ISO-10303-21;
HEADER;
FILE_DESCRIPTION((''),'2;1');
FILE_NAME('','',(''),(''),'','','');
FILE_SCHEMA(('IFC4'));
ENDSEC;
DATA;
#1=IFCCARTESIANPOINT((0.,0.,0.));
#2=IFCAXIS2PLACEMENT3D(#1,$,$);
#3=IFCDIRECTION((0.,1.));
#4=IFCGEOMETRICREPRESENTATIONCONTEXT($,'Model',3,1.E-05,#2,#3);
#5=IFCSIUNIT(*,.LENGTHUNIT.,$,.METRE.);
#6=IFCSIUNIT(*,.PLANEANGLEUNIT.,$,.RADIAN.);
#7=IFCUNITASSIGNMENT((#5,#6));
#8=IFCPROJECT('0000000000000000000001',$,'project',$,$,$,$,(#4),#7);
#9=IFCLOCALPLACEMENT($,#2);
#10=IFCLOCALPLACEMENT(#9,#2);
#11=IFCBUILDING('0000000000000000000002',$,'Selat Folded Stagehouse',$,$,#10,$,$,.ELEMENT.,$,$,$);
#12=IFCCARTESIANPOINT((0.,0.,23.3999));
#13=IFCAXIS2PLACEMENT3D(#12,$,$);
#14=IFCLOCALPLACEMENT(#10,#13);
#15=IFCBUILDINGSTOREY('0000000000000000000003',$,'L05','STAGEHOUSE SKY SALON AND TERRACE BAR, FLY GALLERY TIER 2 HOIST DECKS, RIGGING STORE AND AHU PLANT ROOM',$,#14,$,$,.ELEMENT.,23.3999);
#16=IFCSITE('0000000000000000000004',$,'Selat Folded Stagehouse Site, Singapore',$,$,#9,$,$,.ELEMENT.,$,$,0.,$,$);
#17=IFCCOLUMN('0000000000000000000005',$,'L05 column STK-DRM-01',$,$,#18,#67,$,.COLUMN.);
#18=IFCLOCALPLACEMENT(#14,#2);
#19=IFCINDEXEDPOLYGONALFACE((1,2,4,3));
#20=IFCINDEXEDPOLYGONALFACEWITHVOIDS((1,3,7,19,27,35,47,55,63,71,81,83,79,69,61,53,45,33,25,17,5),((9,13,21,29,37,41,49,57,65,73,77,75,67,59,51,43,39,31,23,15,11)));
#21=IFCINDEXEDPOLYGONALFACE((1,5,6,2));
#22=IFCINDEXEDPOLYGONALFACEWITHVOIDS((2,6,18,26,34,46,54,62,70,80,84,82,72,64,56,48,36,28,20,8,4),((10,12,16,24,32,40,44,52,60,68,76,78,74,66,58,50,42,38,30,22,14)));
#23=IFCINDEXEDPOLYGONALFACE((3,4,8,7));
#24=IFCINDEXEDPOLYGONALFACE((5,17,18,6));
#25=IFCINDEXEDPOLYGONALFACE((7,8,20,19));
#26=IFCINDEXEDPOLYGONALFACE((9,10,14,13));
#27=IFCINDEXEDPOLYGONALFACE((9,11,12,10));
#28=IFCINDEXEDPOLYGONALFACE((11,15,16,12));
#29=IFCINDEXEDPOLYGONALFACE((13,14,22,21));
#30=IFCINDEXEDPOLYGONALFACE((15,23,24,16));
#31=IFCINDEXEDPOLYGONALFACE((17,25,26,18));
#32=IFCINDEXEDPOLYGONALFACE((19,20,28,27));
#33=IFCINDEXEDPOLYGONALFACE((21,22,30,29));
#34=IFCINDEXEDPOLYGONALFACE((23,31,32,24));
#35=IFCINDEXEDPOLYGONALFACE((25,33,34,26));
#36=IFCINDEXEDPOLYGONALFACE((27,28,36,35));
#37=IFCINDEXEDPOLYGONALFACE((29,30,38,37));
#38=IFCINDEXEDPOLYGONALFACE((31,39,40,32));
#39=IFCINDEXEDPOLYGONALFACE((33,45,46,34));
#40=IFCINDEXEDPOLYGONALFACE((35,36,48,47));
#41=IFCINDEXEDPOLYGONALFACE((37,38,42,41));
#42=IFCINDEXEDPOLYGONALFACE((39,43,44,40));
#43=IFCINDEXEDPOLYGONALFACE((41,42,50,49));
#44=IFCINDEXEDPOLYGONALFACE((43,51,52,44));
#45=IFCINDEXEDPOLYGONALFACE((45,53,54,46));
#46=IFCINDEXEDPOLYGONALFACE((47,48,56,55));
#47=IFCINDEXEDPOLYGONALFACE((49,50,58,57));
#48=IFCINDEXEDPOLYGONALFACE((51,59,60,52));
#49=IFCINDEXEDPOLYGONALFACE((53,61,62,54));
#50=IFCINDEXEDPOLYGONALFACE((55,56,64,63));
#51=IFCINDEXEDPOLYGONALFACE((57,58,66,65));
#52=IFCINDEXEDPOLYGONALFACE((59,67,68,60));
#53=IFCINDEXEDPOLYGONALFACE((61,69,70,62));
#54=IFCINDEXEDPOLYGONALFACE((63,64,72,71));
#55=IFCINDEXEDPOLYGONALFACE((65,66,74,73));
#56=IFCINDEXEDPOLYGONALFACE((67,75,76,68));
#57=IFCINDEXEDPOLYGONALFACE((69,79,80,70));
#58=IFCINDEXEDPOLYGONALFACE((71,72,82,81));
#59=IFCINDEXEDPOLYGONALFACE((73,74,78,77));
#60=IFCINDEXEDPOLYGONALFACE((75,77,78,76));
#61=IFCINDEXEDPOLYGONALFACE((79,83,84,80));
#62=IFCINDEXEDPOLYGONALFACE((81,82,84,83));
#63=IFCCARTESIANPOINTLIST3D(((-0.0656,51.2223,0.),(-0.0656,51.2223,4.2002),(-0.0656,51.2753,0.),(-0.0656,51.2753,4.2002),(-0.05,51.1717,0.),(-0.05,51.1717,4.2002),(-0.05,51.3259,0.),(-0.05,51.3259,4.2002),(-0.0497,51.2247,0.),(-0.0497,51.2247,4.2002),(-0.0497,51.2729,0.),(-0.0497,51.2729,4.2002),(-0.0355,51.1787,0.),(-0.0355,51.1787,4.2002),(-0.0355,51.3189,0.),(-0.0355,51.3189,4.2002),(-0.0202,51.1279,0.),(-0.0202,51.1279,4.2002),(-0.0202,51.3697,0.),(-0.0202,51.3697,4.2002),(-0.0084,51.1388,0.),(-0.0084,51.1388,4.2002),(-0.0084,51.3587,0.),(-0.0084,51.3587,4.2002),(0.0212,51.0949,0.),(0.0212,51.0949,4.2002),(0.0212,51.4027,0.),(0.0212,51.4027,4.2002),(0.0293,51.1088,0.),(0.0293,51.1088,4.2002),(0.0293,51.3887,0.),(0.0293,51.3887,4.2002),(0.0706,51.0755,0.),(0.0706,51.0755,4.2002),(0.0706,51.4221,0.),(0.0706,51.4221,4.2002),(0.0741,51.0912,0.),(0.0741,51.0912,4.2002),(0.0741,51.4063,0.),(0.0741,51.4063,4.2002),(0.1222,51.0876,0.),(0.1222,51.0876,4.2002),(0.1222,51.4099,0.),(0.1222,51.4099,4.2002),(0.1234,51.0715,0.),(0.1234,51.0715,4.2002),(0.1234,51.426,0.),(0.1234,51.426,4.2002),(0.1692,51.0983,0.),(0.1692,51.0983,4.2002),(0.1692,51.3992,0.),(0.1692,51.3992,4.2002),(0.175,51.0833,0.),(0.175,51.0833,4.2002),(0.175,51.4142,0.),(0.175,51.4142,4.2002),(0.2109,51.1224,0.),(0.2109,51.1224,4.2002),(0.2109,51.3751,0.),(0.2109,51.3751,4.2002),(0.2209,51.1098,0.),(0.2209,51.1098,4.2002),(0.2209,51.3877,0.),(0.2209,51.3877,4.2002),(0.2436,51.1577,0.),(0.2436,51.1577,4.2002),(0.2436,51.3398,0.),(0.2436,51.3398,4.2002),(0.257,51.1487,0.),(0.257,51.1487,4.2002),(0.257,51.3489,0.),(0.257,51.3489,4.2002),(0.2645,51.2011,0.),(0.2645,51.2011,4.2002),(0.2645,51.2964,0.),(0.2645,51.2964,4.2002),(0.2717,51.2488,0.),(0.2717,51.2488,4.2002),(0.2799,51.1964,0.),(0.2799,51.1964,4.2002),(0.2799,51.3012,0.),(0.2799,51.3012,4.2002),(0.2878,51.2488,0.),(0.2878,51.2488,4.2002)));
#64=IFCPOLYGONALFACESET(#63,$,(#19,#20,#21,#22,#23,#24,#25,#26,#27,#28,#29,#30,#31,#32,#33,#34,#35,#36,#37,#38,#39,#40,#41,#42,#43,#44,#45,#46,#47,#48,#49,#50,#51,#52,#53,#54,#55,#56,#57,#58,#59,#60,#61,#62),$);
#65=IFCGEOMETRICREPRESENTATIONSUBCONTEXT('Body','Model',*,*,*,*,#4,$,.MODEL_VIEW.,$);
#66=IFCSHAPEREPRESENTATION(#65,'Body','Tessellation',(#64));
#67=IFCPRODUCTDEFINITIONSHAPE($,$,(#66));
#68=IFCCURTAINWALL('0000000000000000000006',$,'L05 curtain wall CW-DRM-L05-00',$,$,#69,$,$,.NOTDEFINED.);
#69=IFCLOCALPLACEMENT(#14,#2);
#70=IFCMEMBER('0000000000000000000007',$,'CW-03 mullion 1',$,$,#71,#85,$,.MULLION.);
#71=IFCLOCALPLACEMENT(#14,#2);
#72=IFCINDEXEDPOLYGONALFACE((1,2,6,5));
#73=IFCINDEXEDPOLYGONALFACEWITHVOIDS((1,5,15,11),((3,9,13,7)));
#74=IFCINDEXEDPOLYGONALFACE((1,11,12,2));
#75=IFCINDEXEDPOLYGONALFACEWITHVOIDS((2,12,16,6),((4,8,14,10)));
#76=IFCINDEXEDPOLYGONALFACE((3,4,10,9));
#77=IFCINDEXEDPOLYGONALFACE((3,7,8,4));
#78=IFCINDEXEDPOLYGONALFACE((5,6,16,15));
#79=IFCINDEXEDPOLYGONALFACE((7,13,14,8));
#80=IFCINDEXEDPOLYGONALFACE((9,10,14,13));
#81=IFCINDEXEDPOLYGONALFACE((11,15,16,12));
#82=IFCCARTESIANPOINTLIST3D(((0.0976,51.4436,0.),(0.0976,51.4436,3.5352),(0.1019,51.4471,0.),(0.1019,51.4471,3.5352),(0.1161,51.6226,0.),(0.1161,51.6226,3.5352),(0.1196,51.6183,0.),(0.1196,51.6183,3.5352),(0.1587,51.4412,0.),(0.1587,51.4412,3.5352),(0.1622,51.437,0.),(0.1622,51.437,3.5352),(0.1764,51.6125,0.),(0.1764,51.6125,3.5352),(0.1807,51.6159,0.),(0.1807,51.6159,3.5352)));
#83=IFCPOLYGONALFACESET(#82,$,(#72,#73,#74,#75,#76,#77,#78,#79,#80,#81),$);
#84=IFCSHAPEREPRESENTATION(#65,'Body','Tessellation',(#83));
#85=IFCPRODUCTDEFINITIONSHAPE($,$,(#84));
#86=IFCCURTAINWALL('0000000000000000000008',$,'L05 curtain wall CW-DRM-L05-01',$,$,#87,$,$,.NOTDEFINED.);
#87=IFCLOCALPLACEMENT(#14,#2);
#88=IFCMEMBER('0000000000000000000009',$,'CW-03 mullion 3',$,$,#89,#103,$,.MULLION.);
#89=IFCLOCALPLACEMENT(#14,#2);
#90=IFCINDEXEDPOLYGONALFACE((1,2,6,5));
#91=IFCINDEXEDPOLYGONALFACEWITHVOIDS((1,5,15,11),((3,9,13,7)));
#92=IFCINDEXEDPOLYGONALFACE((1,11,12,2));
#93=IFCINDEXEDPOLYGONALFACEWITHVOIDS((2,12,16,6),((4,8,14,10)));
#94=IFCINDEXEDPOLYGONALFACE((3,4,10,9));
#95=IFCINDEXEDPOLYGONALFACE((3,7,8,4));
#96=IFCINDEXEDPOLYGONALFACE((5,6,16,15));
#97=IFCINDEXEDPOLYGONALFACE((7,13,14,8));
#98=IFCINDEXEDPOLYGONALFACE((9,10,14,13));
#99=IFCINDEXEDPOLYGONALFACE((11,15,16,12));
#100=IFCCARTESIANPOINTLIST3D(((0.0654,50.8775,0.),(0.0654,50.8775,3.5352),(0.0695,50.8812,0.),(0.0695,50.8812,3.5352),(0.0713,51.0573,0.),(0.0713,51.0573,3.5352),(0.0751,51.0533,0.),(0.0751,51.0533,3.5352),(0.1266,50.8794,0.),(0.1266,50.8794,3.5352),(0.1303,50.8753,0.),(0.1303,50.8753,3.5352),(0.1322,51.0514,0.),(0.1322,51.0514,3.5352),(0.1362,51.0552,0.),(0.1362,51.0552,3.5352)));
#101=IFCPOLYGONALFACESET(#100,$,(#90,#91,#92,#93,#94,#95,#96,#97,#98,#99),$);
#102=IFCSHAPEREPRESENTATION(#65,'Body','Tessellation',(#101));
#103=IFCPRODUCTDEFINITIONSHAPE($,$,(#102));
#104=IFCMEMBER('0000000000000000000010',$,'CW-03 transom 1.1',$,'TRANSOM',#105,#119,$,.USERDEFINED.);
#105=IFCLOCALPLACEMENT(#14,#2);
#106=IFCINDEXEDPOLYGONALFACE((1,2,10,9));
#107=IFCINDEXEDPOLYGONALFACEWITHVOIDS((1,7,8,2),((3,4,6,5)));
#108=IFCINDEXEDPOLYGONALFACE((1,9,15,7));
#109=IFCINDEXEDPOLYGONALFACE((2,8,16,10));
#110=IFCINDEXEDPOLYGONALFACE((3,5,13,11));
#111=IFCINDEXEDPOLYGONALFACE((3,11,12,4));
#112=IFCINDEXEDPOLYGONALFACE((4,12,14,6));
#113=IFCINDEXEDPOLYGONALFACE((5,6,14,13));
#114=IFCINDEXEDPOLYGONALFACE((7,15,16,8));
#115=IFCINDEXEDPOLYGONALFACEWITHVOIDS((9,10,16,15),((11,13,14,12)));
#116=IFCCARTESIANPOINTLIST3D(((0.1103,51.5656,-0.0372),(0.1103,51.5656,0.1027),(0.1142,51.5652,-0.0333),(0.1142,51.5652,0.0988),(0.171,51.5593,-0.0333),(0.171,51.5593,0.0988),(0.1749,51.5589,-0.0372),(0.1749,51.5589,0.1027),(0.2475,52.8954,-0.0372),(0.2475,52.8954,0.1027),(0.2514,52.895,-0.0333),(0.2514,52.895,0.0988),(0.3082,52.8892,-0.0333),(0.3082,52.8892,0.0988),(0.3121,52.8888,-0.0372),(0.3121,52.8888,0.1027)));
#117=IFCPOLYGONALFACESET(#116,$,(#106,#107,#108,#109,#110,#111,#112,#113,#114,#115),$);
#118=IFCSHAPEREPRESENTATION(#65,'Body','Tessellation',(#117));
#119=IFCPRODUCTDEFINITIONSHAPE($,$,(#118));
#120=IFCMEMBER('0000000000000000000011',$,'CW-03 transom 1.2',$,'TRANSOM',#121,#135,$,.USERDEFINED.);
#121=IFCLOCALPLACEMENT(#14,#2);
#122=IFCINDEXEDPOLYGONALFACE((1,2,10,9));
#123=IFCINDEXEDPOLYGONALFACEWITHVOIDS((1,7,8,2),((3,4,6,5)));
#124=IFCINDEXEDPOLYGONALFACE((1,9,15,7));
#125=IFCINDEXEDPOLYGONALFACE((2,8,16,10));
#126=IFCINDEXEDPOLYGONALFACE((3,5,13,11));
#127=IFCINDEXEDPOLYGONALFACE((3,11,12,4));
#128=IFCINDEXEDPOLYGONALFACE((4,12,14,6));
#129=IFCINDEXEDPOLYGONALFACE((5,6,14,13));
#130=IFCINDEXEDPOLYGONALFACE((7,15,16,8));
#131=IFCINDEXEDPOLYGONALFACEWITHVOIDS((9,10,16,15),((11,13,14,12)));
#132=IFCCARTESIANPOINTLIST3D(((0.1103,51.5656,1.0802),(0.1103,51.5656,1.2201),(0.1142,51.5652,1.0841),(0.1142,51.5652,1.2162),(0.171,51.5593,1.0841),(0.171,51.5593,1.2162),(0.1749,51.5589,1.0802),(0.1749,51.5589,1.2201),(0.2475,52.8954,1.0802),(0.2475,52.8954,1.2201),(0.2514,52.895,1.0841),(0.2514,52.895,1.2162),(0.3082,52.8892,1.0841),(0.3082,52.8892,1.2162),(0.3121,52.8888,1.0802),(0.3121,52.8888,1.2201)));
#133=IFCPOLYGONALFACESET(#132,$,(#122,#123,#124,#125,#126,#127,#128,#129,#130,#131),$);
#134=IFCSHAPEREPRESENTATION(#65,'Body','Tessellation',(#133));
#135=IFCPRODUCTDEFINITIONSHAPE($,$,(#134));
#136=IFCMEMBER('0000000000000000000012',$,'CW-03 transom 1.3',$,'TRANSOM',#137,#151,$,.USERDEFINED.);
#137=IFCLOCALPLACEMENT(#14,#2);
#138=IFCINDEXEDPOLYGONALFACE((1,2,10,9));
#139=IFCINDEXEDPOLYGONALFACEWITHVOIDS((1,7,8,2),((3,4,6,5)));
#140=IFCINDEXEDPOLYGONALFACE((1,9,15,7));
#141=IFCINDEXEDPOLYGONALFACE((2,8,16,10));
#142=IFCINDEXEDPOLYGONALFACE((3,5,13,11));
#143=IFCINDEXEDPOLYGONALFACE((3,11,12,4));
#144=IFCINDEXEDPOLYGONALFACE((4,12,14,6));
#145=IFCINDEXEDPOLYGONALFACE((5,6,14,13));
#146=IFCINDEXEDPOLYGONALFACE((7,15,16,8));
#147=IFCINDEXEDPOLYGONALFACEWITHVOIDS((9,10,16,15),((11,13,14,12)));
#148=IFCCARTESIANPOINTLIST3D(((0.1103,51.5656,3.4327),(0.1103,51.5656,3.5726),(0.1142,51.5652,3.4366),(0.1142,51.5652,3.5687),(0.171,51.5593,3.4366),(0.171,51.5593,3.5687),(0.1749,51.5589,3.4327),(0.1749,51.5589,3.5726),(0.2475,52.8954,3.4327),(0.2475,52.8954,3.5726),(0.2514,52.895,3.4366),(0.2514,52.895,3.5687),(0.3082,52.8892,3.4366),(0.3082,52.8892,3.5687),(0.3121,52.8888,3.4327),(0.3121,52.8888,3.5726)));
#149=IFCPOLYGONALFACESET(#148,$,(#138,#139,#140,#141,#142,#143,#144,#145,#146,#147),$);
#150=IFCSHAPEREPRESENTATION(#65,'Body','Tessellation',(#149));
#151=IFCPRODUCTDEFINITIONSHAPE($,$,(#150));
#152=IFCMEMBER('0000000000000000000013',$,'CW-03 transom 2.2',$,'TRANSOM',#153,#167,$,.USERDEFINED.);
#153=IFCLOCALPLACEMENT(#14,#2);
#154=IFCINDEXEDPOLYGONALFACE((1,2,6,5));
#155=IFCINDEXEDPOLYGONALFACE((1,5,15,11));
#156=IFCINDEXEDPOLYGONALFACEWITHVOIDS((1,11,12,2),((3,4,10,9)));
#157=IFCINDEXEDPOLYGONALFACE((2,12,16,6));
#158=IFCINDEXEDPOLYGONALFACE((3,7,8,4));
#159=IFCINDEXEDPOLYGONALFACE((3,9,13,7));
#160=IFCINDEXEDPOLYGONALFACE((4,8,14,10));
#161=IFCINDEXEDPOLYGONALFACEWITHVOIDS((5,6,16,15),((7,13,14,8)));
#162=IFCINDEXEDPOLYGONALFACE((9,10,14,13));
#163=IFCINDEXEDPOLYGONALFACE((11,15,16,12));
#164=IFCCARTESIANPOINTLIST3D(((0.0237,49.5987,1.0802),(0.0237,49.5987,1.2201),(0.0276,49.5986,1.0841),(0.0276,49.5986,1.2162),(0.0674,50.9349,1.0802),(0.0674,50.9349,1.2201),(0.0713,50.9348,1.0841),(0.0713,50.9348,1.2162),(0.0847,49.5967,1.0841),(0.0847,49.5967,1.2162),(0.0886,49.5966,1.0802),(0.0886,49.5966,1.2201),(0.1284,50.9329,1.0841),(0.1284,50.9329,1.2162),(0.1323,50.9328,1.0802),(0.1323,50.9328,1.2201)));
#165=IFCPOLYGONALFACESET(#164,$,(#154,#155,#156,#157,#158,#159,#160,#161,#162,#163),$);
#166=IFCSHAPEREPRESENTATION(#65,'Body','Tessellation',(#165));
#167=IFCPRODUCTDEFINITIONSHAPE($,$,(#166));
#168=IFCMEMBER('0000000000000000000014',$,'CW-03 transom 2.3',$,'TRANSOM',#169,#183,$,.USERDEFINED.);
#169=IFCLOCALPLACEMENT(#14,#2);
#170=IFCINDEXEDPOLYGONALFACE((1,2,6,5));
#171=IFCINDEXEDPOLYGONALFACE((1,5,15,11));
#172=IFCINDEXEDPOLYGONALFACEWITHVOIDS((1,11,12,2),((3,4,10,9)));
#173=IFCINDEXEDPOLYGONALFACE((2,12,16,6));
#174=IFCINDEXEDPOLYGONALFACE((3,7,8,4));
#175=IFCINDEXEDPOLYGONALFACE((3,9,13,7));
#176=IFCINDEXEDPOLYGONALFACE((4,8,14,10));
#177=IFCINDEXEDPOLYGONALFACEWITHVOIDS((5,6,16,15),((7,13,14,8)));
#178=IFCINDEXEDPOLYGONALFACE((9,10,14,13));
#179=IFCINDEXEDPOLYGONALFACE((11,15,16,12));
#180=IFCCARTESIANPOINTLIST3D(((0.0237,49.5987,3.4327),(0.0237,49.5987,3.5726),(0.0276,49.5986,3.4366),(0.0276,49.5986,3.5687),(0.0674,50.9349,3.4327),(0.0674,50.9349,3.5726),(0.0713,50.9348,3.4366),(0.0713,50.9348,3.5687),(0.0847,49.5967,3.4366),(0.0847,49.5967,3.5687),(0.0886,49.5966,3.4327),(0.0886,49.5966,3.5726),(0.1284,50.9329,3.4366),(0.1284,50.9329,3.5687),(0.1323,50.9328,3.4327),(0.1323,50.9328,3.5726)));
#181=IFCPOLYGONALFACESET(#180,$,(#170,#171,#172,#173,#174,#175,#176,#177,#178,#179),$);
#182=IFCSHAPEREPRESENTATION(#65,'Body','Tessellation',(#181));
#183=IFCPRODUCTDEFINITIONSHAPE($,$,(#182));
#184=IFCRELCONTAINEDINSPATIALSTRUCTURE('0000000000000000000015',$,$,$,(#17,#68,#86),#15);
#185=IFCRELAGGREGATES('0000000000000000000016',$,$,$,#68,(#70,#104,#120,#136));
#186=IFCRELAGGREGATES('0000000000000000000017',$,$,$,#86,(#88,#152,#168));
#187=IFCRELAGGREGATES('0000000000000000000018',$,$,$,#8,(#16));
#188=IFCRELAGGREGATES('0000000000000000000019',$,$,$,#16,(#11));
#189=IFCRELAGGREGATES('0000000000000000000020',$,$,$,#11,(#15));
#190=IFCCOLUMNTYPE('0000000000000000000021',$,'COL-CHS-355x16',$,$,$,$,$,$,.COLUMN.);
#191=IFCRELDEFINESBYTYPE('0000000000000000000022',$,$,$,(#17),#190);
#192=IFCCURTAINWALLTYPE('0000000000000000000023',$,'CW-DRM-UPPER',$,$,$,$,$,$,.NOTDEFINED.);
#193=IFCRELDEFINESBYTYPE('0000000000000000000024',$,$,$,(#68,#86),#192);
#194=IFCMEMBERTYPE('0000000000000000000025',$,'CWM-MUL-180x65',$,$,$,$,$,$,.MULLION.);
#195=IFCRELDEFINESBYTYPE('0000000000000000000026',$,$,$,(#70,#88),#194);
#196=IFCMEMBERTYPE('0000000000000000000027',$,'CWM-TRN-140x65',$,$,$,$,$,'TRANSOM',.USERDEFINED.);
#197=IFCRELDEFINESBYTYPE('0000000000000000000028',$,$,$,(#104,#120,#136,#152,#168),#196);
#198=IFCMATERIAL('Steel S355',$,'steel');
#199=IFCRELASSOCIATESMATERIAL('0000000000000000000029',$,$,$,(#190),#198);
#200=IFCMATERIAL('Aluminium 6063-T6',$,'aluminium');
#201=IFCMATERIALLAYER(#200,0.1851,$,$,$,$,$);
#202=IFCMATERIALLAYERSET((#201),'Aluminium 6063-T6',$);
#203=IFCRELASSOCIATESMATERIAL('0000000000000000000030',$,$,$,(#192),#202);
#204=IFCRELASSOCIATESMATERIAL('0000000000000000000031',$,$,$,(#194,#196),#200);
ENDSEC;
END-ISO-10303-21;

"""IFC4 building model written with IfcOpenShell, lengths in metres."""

from ifc_helpers import new_model, si_unit, direction, frame, origin, origin_2d, place, context, subcontext, project, spatial, hollow_rectangle, hollow_circle, extrude, material, layer, layer_set, material_profile, profile_set, type_object, element, aggregate, save


model = new_model("IFC4")

# Units and contexts
model_context = context("Model", 3, precision=1e-05, world=origin(), true_north=direction((0.0, 1.0)))
body_context = subcontext(model_context, "Body", "Model", "MODEL_VIEW")
ifc_project = project(units=[si_unit("LENGTHUNIT", "METRE"), si_unit("PLANEANGLEUNIT", "RADIAN")], contexts=[model_context])

# Site, building, storey
site_placement = place(None, origin())
site = spatial("IfcSite", under=ifc_project, at=site_placement, Name="Selat Folded Stagehouse Site, Singapore", CompositionType="ELEMENT", RefElevation=0.0)
building_placement = place(site_placement, origin())
building = spatial("IfcBuilding", under=site, at=building_placement, Name="Selat Folded Stagehouse", CompositionType="ELEMENT")
storey_placement = place(building_placement, frame((0.0, 0.0, 23.3999)))
storey = spatial("IfcBuildingStorey", under=building, at=storey_placement, Name="L05", Description="STAGEHOUSE SKY SALON AND TERRACE BAR, FLY GALLERY TIER 2 HOIST DECKS, RIGGING STORE AND AHU PLANT ROOM", CompositionType="ELEMENT", Elevation=23.3999)

# Column
ifc_material_1 = material(Name="Steel S355", Category="steel")
ifc_material_profile_1 = material_profile(ifc_material_1, hollow_circle(Radius=0.1777, WallThickness=0.0161, at=origin_2d()), Name="CHS 355.6x16.0")
ifc_profile_set_1 = profile_set([ifc_material_profile_1], Name="Steel S355")
column_type = type_object("IfcColumnType", Name="COL-CHS-355x16", PredefinedType="COLUMN", material=ifc_profile_set_1)
column_placement = place(storey_placement, frame((0.1101, 51.2488, 0.0), z_axis=(0.0, 0.0, 1.0), x_axis=(1.0, 0.0, 0.0)))
element("IfcColumn", 1, at=column_placement, inside=storey, type_object=column_type, Name="L05 column STK-DRM-01", PredefinedType="COLUMN", context=body_context, shape_type="SweptSolid", body=[
    extrude(hollow_circle(Radius=0.1777, WallThickness=0.0161, at=origin_2d()), origin(), (0.0, 0.0, 1.0), 4.2002),
])

# Curtain walls, members
ifc_material_2 = material(Name="Aluminium 6063-T6", Category="aluminium")
ifc_layer_1 = layer(ifc_material_2, 0.1851)
ifc_layer_set_1 = layer_set([ifc_layer_1], Name="Aluminium 6063-T6")
curtain_wall_type = type_object("IfcCurtainWallType", Name="CW-DRM-UPPER", PredefinedType="NOTDEFINED", material=ifc_layer_set_1)
curtain_wall_1_placement = place(storey_placement, origin())
curtain_wall_1 = element("IfcCurtainWall", 2, at=curtain_wall_1_placement, inside=storey, type_object=curtain_wall_type, Name="L05 curtain wall CW-DRM-L05-00", PredefinedType="NOTDEFINED")
ifc_material_profile_2 = material_profile(ifc_material_2, hollow_rectangle(XDim=0.0649, YDim=0.1799, WallThickness=0.0039, at=origin_2d()), Name="ALU 180x65x4.0")
ifc_profile_set_2 = profile_set([ifc_material_profile_2], Name="Aluminium 6063-T6")
member_type_1 = type_object("IfcMemberType", Name="CWM-MUL-180x65", PredefinedType="MULLION", material=ifc_profile_set_2)
member_1_placement = place(storey_placement, frame((0.1392, 51.5298, 0.0), z_axis=(0.0, 0.0, 1.0), x_axis=(-0.994721, 0.102616, 0.0)))
member_1 = element("IfcMember", 3, at=member_1_placement, type_object=member_type_1, Name="CW-03 mullion 1", PredefinedType="MULLION", context=body_context, shape_type="SweptSolid", body=[
    extrude(hollow_rectangle(XDim=0.0649, YDim=0.1799, WallThickness=0.0039, at=origin_2d()), origin(), (0.0, 0.0, 1.0), 3.5352),
])
curtain_wall_2_placement = place(storey_placement, origin())
curtain_wall_2 = element("IfcCurtainWall", 4, at=curtain_wall_2_placement, inside=storey, type_object=curtain_wall_type, Name="L05 curtain wall CW-DRM-L05-01", PredefinedType="NOTDEFINED")
member_2_placement = place(storey_placement, frame((0.1008, 50.9663, 0.0), z_axis=(0.0, 0.0, 1.0), x_axis=(-0.999468, 0.032625, 0.0)))
member_2 = element("IfcMember", 5, at=member_2_placement, type_object=member_type_1, Name="CW-03 mullion 3", PredefinedType="MULLION", context=body_context, shape_type="SweptSolid", body=[
    extrude(hollow_rectangle(XDim=0.0649, YDim=0.1799, WallThickness=0.0039, at=origin_2d()), origin(), (0.0, 0.0, 1.0), 3.5352),
])

# Members
ifc_material_profile_3 = material_profile(ifc_material_2, hollow_rectangle(XDim=0.0649, YDim=0.1399, WallThickness=0.0039, at=origin_2d()), Name="ALU 140x65x4.0")
ifc_profile_set_3 = profile_set([ifc_material_profile_3], Name="Aluminium 6063-T6")
member_type_2 = type_object("IfcMemberType", Name="CWM-TRN-140x65", ElementType="TRANSOM", PredefinedType="USERDEFINED", material=ifc_profile_set_3)
member_3_placement = place(storey_placement, frame((0.1426, 51.5623, 0.0327), z_axis=(0.102631, 0.994719, 0.0), x_axis=(-0.994719, 0.102631, 0.0)))
member_3 = element("IfcMember", 6, at=member_3_placement, type_object=member_type_2, Name="CW-03 transom 1.1", ObjectType="TRANSOM", PredefinedType="USERDEFINED", context=body_context, shape_type="SweptSolid", body=[
    extrude(hollow_rectangle(XDim=0.0649, YDim=0.1399, WallThickness=0.0039, at=origin_2d()), origin(), (0.0, 0.0, 1.0), 1.3369),
])
member_4_placement = place(storey_placement, frame((0.1426, 51.5623, 1.1501), z_axis=(0.102631, 0.994719, 0.0), x_axis=(-0.994719, 0.102631, 0.0)))
member_4 = element("IfcMember", 7, at=member_4_placement, type_object=member_type_2, Name="CW-03 transom 1.2", ObjectType="TRANSOM", PredefinedType="USERDEFINED", context=body_context, shape_type="SweptSolid", body=[
    extrude(hollow_rectangle(XDim=0.0649, YDim=0.1399, WallThickness=0.0039, at=origin_2d()), origin(), (0.0, 0.0, 1.0), 1.3369),
])
member_5_placement = place(storey_placement, frame((0.1426, 51.5623, 3.5027), z_axis=(0.102631, 0.994719, 0.0), x_axis=(-0.994719, 0.102631, 0.0)))
member_5 = element("IfcMember", 8, at=member_5_placement, type_object=member_type_2, Name="CW-03 transom 1.3", ObjectType="TRANSOM", PredefinedType="USERDEFINED", context=body_context, shape_type="SweptSolid", body=[
    extrude(hollow_rectangle(XDim=0.0649, YDim=0.1399, WallThickness=0.0039, at=origin_2d()), origin(), (0.0, 0.0, 1.0), 1.3369),
])
member_6_placement = place(storey_placement, frame((0.0562, 49.5977, 1.1501), z_axis=(0.032689, 0.999466, 0.0), x_axis=(-0.999466, 0.032689, 0.0)))
member_6 = element("IfcMember", 9, at=member_6_placement, type_object=member_type_2, Name="CW-03 transom 2.2", ObjectType="TRANSOM", PredefinedType="USERDEFINED", context=body_context, shape_type="SweptSolid", body=[
    extrude(hollow_rectangle(XDim=0.0649, YDim=0.1399, WallThickness=0.0039, at=origin_2d()), origin(), (0.0, 0.0, 1.0), 1.3369),
])
member_7_placement = place(storey_placement, frame((0.0562, 49.5977, 3.5027), z_axis=(0.032689, 0.999466, 0.0), x_axis=(-0.999466, 0.032689, 0.0)))
member_7 = element("IfcMember", 10, at=member_7_placement, type_object=member_type_2, Name="CW-03 transom 2.3", ObjectType="TRANSOM", PredefinedType="USERDEFINED", context=body_context, shape_type="SweptSolid", body=[
    extrude(hollow_rectangle(XDim=0.0649, YDim=0.1399, WallThickness=0.0039, at=origin_2d()), origin(), (0.0, 0.0, 1.0), 1.3369),
])

aggregate(curtain_wall_1, [member_1, member_3, member_4, member_5])
aggregate(curtain_wall_2, [member_2, member_6, member_7])

save(model, "model.ifc")
